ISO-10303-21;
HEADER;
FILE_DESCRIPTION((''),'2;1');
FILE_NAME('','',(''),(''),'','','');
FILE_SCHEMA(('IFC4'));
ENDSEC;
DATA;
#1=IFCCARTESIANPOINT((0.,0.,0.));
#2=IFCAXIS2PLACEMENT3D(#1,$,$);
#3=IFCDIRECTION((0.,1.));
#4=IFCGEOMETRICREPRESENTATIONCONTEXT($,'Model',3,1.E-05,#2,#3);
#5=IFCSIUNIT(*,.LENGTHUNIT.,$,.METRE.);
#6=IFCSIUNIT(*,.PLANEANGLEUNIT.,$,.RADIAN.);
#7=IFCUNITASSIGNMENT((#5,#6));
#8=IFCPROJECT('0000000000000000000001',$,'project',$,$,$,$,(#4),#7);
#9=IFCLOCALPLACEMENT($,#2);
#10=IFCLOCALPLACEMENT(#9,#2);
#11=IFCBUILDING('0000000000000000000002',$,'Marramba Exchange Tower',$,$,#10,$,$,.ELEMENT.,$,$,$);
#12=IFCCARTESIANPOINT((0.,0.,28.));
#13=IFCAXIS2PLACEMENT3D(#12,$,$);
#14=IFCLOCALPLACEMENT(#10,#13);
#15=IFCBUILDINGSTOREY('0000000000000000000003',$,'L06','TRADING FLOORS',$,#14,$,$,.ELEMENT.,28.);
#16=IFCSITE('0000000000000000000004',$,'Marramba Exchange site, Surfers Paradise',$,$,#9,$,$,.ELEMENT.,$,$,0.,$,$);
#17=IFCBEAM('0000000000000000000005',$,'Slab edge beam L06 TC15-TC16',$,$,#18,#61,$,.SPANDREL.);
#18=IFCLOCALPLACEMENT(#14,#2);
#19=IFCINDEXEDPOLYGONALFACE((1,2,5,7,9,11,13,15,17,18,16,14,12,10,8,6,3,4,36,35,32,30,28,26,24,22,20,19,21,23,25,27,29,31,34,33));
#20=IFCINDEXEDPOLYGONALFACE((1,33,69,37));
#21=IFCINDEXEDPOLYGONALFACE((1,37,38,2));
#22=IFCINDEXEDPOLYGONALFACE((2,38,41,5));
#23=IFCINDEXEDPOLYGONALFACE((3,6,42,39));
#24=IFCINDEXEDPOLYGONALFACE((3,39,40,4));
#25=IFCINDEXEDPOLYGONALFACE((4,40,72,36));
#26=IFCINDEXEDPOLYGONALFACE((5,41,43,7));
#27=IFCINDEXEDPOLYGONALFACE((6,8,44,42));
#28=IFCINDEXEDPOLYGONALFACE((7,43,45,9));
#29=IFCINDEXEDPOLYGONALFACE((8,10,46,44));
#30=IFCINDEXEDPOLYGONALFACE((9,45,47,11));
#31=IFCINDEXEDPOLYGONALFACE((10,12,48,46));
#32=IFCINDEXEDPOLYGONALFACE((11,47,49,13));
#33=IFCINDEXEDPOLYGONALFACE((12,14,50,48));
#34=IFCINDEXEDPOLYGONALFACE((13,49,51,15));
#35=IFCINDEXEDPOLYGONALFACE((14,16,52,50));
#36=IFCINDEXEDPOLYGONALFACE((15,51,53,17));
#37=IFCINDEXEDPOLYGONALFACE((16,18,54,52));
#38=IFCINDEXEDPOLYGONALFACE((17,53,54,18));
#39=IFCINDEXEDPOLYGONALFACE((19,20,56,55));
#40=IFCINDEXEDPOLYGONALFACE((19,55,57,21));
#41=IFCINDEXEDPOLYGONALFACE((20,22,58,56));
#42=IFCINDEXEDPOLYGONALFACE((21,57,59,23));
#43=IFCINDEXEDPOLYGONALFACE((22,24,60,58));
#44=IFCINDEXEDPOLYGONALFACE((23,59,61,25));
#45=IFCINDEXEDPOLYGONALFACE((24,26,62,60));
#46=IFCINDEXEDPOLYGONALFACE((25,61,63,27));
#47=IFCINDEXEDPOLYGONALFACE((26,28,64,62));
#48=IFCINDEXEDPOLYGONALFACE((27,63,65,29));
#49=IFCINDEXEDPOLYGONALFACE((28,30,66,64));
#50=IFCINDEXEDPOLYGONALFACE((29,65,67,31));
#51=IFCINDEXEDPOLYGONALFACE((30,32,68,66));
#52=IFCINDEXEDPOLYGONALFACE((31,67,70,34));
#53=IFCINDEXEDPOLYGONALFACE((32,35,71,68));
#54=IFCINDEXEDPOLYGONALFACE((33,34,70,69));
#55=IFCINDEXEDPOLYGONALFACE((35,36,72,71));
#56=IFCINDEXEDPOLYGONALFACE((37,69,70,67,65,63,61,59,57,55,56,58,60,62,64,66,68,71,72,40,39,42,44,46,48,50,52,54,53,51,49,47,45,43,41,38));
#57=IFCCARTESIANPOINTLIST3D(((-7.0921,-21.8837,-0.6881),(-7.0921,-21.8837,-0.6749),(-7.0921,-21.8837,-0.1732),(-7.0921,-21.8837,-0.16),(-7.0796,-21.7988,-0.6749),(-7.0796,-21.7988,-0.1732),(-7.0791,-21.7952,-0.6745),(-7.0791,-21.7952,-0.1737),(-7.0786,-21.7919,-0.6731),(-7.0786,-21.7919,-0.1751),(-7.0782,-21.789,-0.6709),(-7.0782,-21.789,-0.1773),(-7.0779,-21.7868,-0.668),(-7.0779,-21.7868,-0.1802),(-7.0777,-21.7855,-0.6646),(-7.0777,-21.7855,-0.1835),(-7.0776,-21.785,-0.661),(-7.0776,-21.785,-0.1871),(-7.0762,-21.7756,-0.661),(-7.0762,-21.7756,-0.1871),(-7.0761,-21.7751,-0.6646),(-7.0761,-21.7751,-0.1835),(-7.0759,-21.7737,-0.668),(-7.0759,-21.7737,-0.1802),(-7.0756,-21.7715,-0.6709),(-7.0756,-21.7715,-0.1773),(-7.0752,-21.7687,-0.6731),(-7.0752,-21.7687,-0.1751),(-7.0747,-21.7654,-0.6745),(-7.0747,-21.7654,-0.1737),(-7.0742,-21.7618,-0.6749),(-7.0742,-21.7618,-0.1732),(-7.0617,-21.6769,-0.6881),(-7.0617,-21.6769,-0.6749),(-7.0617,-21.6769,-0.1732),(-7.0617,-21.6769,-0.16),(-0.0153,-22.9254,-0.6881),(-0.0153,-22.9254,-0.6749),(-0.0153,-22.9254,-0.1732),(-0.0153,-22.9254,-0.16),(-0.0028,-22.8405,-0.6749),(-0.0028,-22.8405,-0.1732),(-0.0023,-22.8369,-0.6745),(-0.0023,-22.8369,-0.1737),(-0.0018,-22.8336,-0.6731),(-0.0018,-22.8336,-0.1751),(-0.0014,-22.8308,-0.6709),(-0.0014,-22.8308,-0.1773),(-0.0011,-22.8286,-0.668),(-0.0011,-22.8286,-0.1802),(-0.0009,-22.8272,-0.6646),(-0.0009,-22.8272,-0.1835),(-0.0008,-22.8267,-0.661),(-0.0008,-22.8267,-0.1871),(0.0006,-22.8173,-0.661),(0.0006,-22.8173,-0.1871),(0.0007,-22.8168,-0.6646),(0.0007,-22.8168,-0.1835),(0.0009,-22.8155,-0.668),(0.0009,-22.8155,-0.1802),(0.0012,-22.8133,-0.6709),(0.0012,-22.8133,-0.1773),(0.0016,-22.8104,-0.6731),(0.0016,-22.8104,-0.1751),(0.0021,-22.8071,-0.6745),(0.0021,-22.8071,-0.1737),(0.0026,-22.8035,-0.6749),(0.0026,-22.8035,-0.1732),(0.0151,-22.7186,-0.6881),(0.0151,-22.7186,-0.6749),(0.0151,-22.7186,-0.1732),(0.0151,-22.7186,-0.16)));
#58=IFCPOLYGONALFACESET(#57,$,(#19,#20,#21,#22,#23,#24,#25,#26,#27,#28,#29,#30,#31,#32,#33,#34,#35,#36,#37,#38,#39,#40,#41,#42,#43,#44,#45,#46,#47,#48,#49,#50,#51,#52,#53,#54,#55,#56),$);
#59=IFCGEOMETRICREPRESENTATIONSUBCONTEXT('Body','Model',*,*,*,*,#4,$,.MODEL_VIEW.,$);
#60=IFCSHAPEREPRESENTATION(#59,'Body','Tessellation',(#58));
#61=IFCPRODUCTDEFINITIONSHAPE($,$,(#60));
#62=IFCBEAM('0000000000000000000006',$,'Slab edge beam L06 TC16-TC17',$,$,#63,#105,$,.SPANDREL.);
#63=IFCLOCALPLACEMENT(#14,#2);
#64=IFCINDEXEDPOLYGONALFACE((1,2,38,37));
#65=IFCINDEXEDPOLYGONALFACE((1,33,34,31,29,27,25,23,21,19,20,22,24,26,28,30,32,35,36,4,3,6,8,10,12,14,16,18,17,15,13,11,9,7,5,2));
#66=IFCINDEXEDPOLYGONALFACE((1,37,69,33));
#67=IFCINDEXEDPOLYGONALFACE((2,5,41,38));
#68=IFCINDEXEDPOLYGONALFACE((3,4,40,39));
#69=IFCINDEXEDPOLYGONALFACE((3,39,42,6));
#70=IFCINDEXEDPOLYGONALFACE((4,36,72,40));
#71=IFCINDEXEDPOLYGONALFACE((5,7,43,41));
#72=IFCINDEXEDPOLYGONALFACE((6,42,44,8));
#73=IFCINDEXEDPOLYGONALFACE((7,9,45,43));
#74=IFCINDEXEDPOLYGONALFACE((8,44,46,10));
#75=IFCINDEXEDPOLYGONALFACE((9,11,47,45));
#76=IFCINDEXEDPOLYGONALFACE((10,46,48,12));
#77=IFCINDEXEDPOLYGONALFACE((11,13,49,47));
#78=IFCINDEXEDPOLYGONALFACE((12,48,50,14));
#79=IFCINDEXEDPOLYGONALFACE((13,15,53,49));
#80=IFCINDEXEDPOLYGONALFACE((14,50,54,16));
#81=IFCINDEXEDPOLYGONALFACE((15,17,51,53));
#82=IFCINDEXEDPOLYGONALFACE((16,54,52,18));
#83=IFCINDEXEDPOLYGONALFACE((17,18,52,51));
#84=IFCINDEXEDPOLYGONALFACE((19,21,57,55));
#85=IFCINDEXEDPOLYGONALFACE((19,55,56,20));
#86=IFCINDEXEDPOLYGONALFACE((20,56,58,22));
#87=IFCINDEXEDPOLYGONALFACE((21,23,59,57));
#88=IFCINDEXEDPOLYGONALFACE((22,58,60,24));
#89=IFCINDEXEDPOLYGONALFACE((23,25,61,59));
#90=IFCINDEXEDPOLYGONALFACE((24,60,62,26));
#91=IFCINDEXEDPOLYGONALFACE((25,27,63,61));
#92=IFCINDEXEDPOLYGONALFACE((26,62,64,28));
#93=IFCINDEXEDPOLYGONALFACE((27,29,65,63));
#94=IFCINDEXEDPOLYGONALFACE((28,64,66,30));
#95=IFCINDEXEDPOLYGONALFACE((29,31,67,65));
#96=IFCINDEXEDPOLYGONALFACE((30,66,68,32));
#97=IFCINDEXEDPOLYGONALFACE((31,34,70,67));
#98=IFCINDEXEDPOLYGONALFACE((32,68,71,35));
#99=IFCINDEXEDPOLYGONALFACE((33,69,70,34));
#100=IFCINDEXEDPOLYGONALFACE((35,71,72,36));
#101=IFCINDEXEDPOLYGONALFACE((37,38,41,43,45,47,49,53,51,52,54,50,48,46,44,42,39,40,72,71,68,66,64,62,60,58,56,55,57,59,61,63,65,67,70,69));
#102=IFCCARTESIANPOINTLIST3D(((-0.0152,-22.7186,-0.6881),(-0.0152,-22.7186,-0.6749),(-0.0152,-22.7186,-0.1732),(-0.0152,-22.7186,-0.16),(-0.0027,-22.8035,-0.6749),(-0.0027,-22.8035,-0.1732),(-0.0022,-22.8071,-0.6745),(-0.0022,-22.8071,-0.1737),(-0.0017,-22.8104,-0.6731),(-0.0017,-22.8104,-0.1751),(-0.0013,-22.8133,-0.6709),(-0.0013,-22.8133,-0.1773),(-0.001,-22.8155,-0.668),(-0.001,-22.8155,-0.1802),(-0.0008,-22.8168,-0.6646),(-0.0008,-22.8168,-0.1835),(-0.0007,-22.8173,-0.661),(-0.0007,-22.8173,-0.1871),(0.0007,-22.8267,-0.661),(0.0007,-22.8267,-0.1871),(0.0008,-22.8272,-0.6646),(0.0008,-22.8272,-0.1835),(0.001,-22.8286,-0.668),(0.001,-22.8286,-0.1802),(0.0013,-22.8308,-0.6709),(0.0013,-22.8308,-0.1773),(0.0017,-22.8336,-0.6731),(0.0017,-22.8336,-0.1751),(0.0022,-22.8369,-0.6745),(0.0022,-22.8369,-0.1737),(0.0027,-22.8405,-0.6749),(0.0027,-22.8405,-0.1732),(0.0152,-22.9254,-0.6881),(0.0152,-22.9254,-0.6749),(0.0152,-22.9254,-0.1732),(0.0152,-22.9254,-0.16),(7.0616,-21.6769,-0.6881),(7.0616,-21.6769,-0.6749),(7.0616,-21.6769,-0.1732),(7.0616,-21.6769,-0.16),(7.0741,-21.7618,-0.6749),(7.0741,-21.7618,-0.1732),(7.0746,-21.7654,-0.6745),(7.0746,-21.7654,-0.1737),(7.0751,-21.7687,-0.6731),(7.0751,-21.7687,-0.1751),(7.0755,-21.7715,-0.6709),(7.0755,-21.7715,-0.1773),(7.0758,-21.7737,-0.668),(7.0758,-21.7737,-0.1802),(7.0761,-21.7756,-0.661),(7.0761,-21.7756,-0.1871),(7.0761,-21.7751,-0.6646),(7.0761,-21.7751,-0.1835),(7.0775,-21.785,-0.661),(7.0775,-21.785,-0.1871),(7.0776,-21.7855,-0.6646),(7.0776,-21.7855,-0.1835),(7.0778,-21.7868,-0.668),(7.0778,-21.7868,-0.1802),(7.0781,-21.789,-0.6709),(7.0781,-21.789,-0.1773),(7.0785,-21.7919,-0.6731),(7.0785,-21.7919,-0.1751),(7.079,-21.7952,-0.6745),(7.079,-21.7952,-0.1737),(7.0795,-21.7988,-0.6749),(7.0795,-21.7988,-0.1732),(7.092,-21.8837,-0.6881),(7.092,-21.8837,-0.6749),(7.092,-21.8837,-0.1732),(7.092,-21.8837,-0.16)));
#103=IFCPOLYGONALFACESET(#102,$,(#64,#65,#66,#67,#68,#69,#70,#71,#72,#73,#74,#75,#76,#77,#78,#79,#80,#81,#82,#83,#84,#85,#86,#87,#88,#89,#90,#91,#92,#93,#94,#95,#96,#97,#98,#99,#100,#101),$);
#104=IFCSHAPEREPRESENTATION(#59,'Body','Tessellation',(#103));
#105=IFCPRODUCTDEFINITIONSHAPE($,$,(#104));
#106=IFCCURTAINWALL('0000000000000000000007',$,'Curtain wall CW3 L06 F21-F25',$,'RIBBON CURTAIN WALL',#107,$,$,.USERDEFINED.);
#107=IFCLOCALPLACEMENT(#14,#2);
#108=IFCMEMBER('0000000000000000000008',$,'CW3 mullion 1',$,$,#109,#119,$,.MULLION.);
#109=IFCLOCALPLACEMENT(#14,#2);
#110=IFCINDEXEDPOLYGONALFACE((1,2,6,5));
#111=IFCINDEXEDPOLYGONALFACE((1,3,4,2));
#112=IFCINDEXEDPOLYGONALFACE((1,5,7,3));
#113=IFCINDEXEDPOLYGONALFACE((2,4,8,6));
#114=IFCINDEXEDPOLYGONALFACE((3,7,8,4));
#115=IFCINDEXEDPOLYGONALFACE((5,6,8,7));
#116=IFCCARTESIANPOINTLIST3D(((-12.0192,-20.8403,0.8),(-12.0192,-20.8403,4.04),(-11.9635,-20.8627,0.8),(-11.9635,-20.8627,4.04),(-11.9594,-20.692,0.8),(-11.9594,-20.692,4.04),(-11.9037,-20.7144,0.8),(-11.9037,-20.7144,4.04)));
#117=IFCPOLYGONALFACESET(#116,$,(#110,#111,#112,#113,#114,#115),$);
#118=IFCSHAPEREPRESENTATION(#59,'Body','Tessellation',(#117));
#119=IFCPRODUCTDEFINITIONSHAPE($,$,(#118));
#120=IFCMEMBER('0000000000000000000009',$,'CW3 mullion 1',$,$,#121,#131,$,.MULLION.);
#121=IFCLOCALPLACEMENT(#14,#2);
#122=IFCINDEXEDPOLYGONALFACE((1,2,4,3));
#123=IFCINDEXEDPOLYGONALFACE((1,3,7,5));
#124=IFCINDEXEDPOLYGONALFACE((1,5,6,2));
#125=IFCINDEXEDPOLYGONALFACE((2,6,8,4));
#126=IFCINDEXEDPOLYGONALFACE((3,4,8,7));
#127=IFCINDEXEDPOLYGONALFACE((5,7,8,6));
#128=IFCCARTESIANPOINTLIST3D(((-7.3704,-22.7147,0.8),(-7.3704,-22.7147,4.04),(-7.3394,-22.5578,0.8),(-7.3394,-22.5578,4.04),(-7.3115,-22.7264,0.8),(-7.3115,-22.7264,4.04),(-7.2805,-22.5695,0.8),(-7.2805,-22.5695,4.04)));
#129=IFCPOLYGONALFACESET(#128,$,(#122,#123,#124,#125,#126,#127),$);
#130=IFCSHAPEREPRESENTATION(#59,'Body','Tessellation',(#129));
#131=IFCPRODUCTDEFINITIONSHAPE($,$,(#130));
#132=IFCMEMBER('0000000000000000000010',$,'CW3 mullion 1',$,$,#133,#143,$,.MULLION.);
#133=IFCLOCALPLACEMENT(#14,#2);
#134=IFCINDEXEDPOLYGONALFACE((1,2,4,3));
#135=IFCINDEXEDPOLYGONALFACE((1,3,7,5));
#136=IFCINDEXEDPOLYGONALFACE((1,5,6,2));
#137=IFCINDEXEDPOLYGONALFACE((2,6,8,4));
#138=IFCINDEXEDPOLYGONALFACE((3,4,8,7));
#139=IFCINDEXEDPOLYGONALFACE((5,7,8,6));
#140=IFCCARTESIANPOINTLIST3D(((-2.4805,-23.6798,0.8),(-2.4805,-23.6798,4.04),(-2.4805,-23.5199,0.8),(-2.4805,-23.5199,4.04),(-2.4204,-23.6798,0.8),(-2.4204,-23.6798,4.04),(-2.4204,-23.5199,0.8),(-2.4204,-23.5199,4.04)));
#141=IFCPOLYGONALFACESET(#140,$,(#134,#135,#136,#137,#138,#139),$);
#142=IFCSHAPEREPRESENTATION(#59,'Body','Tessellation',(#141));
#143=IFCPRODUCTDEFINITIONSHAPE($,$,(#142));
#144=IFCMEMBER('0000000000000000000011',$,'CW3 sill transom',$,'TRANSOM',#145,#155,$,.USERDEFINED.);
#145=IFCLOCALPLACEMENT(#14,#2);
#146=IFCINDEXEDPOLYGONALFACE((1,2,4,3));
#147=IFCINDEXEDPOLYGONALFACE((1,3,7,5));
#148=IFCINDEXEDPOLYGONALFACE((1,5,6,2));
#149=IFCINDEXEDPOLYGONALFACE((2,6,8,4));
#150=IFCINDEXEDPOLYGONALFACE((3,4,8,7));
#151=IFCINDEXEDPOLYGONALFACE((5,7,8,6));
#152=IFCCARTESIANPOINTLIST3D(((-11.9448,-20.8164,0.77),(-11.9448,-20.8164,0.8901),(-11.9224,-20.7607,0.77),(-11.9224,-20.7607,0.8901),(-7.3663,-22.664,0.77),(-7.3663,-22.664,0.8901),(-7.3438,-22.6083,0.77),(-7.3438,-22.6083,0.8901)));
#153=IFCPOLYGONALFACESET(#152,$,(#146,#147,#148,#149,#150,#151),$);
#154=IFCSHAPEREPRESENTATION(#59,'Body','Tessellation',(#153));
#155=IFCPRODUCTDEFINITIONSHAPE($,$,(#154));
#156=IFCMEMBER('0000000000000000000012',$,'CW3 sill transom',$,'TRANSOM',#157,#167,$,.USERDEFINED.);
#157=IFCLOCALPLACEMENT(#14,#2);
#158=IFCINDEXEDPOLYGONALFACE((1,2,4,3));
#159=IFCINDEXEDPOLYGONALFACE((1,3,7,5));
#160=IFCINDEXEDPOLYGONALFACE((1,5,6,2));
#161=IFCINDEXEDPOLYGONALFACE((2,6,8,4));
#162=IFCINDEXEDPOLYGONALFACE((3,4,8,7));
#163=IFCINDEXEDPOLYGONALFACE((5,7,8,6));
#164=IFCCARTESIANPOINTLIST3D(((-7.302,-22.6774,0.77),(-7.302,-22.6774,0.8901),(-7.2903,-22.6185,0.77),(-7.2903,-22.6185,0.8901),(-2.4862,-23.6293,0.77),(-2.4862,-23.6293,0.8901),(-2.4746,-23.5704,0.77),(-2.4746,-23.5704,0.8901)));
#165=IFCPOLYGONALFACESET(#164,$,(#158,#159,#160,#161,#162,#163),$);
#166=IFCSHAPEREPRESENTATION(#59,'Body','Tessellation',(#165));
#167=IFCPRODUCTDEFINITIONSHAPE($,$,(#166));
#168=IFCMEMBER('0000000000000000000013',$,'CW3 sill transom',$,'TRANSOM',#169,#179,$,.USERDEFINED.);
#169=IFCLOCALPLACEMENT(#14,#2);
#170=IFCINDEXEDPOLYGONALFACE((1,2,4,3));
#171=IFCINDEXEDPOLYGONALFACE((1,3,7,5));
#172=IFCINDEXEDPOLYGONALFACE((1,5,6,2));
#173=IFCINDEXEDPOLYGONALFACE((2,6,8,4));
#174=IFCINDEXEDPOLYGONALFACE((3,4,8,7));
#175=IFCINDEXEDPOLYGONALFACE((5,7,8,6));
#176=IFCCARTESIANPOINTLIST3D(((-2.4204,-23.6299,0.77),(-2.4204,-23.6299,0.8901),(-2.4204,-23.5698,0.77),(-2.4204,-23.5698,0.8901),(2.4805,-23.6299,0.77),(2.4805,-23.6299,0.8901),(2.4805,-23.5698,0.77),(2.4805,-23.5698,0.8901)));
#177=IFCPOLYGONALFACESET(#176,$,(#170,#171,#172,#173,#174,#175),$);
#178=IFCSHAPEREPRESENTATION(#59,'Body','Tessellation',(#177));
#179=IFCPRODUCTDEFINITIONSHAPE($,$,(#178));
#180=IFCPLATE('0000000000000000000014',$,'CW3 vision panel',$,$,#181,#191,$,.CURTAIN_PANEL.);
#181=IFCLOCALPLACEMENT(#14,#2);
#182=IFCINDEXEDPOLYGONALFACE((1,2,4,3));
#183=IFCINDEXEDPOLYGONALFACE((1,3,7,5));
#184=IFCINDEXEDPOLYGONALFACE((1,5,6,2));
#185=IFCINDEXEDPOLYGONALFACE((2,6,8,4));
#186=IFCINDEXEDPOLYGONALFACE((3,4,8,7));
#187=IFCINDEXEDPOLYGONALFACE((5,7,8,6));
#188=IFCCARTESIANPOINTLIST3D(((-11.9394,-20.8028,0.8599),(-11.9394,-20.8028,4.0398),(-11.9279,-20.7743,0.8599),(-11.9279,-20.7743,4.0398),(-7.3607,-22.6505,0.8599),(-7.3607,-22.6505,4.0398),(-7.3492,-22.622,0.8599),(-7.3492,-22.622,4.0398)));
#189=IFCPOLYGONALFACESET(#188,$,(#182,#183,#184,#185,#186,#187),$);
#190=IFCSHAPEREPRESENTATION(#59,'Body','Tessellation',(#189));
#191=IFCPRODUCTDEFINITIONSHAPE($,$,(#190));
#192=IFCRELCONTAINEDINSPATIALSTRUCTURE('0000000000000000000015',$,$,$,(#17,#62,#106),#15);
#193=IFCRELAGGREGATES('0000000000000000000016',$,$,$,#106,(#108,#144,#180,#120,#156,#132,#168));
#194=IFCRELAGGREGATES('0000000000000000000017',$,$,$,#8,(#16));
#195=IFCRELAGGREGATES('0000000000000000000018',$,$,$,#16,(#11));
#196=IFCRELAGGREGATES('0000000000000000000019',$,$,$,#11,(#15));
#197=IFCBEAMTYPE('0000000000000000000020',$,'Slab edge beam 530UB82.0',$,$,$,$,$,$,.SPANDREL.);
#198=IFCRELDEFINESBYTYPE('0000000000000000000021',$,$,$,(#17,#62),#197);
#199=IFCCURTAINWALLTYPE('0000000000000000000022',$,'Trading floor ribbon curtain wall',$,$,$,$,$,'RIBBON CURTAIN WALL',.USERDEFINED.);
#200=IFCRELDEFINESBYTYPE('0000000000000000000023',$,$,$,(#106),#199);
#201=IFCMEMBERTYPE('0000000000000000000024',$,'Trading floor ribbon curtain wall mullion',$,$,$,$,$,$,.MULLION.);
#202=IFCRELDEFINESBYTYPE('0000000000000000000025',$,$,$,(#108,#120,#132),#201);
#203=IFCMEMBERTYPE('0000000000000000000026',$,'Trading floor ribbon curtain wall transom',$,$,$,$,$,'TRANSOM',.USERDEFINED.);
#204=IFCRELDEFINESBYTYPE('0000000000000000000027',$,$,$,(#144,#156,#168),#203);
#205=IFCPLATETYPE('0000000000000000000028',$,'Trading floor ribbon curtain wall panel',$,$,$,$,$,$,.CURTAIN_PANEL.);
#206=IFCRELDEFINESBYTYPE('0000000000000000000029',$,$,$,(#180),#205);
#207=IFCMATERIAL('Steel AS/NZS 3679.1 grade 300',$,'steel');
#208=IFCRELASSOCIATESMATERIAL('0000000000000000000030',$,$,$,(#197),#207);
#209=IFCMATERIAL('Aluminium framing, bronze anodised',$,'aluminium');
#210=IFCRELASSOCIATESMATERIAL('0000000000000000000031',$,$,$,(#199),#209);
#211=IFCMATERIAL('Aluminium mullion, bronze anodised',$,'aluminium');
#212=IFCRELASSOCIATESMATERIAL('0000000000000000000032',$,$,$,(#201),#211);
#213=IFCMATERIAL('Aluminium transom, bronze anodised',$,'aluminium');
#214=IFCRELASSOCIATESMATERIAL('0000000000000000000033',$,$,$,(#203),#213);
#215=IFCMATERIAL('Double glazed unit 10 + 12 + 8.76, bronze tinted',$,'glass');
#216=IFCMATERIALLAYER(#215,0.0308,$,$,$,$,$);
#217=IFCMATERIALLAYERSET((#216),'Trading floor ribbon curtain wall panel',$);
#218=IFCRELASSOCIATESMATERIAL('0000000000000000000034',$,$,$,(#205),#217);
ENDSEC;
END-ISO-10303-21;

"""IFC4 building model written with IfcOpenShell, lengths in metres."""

from ifc_helpers import new_model, si_unit, direction, frame, origin, origin_2d, place, context, subcontext, project, spatial, rectangle, i_section, extrude, material, layer, layer_set, material_profile, profile_set, type_object, element, aggregate, save


model = new_model("IFC4")

# Units and contexts
model_context = context("Model", 3, precision=1e-05, world=origin(), true_north=direction((0.0, 1.0)))
body_context = subcontext(model_context, "Body", "Model", "MODEL_VIEW")
ifc_project = project(units=[si_unit("LENGTHUNIT", "METRE"), si_unit("PLANEANGLEUNIT", "RADIAN")], contexts=[model_context])

# Site, building, storey
site_placement = place(None, origin())
site = spatial("IfcSite", under=ifc_project, at=site_placement, Name="Marramba Exchange site, Surfers Paradise", CompositionType="ELEMENT", RefElevation=0.0)
building_placement = place(site_placement, origin())
building = spatial("IfcBuilding", under=site, at=building_placement, Name="Marramba Exchange Tower", CompositionType="ELEMENT")
storey_placement = place(building_placement, frame((0.0, 0.0, 28.0)))
storey = spatial("IfcBuildingStorey", under=building, at=storey_placement, Name="L06", Description="TRADING FLOORS", CompositionType="ELEMENT", Elevation=28.0)

# Beams
ifc_material_1 = material(Name="Steel AS/NZS 3679.1 grade 300", Category="steel")
ifc_material_profile_1 = material_profile(ifc_material_1, i_section(OverallWidth=0.209, OverallDepth=0.5281, WebThickness=0.0095, FlangeThickness=0.0132, FilletRadius=0.0139, at=origin_2d()), Name="530UB82.0")
ifc_profile_set_1 = profile_set([ifc_material_profile_1], Name="Steel AS/NZS 3679.1 grade 300")
beam_type_1 = type_object("IfcBeamType", Name="Slab edge beam 530UB82.0", PredefinedType="SPANDREL", material=ifc_profile_set_1)
for number, where, z_axis, x_axis, name in (
    (1, (-7.0769, -21.7803, -0.4241), (0.989338, -0.145634, 0.0), (0.145634, 0.989338, 0.0), "Slab edge beam L06 TC15-TC16"),
    (2, (0.0, -22.822, -0.4241), (0.989338, 0.145634, 0.0), (-0.145634, 0.989338, 0.0), "Slab edge beam L06 TC16-TC17"),
):
    element("IfcBeam", number, at=place(storey_placement, frame(where, z_axis=z_axis, x_axis=x_axis)), inside=storey, type_object=beam_type_1, Name=name, PredefinedType="SPANDREL", context=body_context, shape_type="SweptSolid", body=[
        extrude(i_section(OverallWidth=0.209, OverallDepth=0.5281, WebThickness=0.0095, FlangeThickness=0.0132, FilletRadius=0.0139, at=origin_2d()), origin(), (0.0, 0.0, 1.0), 7.1531),
    ])

# Curtain wall, members, plate
ifc_material_2 = material(Name="Aluminium framing, bronze anodised", Category="aluminium")
curtain_wall_type = type_object("IfcCurtainWallType", Name="Trading floor ribbon curtain wall", ElementType="RIBBON CURTAIN WALL", PredefinedType="USERDEFINED", material=ifc_material_2)
curtain_wall_placement = place(storey_placement, origin())
curtain_wall = element("IfcCurtainWall", 3, at=curtain_wall_placement, inside=storey, type_object=curtain_wall_type, Name="Curtain wall CW3 L06 F21-F25", ObjectType="RIBBON CURTAIN WALL", PredefinedType="USERDEFINED")
ifc_material_3 = material(Name="Aluminium mullion, bronze anodised", Category="aluminium")
ifc_material_profile_2 = material_profile(ifc_material_3, rectangle(XDim=0.1599, YDim=0.0601, at=origin_2d()), Name="CW3 mullion 60x160")
ifc_profile_set_2 = profile_set([ifc_material_profile_2], Name="Aluminium mullion, bronze anodised")
member_type_1 = type_object("IfcMemberType", Name="Trading floor ribbon curtain wall mullion", PredefinedType="MULLION", material=ifc_profile_set_2)
member_1_placement = place(storey_placement, frame((-11.9614, -20.7773, 0.8), z_axis=(0.0, 0.0, 1.0), x_axis=(0.374218, 0.927341, 0.0)))
member_1 = element("IfcMember", 4, at=member_1_placement, type_object=member_type_1, Name="CW3 mullion 1", PredefinedType="MULLION", context=body_context, shape_type="SweptSolid", body=[
    extrude(rectangle(XDim=0.1599, YDim=0.0601, at=origin_2d()), origin(), (0.0, 0.0, 1.0), 3.24),
])
member_2_placement = place(storey_placement, frame((-7.3254, -22.6421, 0.8), z_axis=(0.0, 0.0, 1.0), x_axis=(0.193961, 0.981009, 0.0)))
member_2 = element("IfcMember", 5, at=member_2_placement, type_object=member_type_1, Name="CW3 mullion 1", PredefinedType="MULLION", context=body_context, shape_type="SweptSolid", body=[
    extrude(rectangle(XDim=0.1599, YDim=0.0601, at=origin_2d()), origin(), (0.0, 0.0, 1.0), 3.24),
])
member_3_placement = place(storey_placement, frame((-2.4504, -23.5999, 0.8), z_axis=(0.0, 0.0, 1.0), x_axis=(0.0, 1.0, 0.0)))
member_3 = element("IfcMember", 6, at=member_3_placement, type_object=member_type_1, Name="CW3 mullion 1", PredefinedType="MULLION", context=body_context, shape_type="SweptSolid", body=[
    extrude(rectangle(XDim=0.1599, YDim=0.0601, at=origin_2d()), origin(), (0.0, 0.0, 1.0), 3.24),
])
ifc_material_4 = material(Name="Aluminium transom, bronze anodised", Category="aluminium")
ifc_material_profile_3 = material_profile(ifc_material_4, rectangle(XDim=0.0601, YDim=0.1201, at=origin_2d()), Name="CW3 transom 60x120")
ifc_profile_set_3 = profile_set([ifc_material_profile_3], Name="Aluminium transom, bronze anodised")
member_type_2 = type_object("IfcMemberType", Name="Trading floor ribbon curtain wall transom", ElementType="TRANSOM", PredefinedType="USERDEFINED", material=ifc_profile_set_3)
member_4_placement = place(storey_placement, frame((-11.9336, -20.7886, 0.8301), z_axis=(0.92734, -0.374219, 0.0), x_axis=(0.374219, 0.92734, 0.0)))
member_4 = element("IfcMember", 7, at=member_4_placement, type_object=member_type_2, Name="CW3 sill transom", ObjectType="TRANSOM", PredefinedType="USERDEFINED", context=body_context, shape_type="SweptSolid", body=[
    extrude(rectangle(XDim=0.0601, YDim=0.1201, at=origin_2d()), origin(), (0.0, 0.0, 1.0), 4.9373),
])
member_5_placement = place(storey_placement, frame((-7.2961, -22.6479, 0.8301), z_axis=(0.981018, -0.193916, 0.0), x_axis=(0.193916, 0.981018, 0.0)))
member_5 = element("IfcMember", 8, at=member_5_placement, type_object=member_type_2, Name="CW3 sill transom", ObjectType="TRANSOM", PredefinedType="USERDEFINED", context=body_context, shape_type="SweptSolid", body=[
    extrude(rectangle(XDim=0.0601, YDim=0.1201, at=origin_2d()), origin(), (0.0, 0.0, 1.0), 4.9089),
])
member_6_placement = place(storey_placement, frame((-2.4204, -23.5999, 0.8301), z_axis=(1.0, 0.0, 0.0), x_axis=(0.0, 1.0, 0.0)))
member_6 = element("IfcMember", 9, at=member_6_placement, type_object=member_type_2, Name="CW3 sill transom", ObjectType="TRANSOM", PredefinedType="USERDEFINED", context=body_context, shape_type="SweptSolid", body=[
    extrude(rectangle(XDim=0.0601, YDim=0.1201, at=origin_2d()), origin(), (0.0, 0.0, 1.0), 4.9009),
])
ifc_material_5 = material(Name="Double glazed unit 10 + 12 + 8.76, bronze tinted", Category="glass")
ifc_layer_1 = layer(ifc_material_5, 0.0308)
ifc_layer_set_1 = layer_set([ifc_layer_1], Name="Trading floor ribbon curtain wall panel")
plate_type = type_object("IfcPlateType", Name="Trading floor ribbon curtain wall panel", PredefinedType="CURTAIN_PANEL", material=ifc_layer_set_1)
plate_1_placement = place(storey_placement, frame((-9.6443, -21.7124, 0.8599), z_axis=(0.0, 0.0, 1.0), x_axis=(0.927341, -0.374218, 0.0)))
plate_1 = element("IfcPlate", 10, at=plate_1_placement, type_object=plate_type, Name="CW3 vision panel", PredefinedType="CURTAIN_PANEL", context=body_context, shape_type="SweptSolid", body=[
    extrude(rectangle(XDim=4.9375, YDim=0.0308, at=origin_2d()), origin(), (0.0, 0.0, 1.0), 3.1799),
])
aggregate(curtain_wall, [member_1, member_4, plate_1, member_2, member_5, member_3, member_6])

save(model, "model.ifc")
